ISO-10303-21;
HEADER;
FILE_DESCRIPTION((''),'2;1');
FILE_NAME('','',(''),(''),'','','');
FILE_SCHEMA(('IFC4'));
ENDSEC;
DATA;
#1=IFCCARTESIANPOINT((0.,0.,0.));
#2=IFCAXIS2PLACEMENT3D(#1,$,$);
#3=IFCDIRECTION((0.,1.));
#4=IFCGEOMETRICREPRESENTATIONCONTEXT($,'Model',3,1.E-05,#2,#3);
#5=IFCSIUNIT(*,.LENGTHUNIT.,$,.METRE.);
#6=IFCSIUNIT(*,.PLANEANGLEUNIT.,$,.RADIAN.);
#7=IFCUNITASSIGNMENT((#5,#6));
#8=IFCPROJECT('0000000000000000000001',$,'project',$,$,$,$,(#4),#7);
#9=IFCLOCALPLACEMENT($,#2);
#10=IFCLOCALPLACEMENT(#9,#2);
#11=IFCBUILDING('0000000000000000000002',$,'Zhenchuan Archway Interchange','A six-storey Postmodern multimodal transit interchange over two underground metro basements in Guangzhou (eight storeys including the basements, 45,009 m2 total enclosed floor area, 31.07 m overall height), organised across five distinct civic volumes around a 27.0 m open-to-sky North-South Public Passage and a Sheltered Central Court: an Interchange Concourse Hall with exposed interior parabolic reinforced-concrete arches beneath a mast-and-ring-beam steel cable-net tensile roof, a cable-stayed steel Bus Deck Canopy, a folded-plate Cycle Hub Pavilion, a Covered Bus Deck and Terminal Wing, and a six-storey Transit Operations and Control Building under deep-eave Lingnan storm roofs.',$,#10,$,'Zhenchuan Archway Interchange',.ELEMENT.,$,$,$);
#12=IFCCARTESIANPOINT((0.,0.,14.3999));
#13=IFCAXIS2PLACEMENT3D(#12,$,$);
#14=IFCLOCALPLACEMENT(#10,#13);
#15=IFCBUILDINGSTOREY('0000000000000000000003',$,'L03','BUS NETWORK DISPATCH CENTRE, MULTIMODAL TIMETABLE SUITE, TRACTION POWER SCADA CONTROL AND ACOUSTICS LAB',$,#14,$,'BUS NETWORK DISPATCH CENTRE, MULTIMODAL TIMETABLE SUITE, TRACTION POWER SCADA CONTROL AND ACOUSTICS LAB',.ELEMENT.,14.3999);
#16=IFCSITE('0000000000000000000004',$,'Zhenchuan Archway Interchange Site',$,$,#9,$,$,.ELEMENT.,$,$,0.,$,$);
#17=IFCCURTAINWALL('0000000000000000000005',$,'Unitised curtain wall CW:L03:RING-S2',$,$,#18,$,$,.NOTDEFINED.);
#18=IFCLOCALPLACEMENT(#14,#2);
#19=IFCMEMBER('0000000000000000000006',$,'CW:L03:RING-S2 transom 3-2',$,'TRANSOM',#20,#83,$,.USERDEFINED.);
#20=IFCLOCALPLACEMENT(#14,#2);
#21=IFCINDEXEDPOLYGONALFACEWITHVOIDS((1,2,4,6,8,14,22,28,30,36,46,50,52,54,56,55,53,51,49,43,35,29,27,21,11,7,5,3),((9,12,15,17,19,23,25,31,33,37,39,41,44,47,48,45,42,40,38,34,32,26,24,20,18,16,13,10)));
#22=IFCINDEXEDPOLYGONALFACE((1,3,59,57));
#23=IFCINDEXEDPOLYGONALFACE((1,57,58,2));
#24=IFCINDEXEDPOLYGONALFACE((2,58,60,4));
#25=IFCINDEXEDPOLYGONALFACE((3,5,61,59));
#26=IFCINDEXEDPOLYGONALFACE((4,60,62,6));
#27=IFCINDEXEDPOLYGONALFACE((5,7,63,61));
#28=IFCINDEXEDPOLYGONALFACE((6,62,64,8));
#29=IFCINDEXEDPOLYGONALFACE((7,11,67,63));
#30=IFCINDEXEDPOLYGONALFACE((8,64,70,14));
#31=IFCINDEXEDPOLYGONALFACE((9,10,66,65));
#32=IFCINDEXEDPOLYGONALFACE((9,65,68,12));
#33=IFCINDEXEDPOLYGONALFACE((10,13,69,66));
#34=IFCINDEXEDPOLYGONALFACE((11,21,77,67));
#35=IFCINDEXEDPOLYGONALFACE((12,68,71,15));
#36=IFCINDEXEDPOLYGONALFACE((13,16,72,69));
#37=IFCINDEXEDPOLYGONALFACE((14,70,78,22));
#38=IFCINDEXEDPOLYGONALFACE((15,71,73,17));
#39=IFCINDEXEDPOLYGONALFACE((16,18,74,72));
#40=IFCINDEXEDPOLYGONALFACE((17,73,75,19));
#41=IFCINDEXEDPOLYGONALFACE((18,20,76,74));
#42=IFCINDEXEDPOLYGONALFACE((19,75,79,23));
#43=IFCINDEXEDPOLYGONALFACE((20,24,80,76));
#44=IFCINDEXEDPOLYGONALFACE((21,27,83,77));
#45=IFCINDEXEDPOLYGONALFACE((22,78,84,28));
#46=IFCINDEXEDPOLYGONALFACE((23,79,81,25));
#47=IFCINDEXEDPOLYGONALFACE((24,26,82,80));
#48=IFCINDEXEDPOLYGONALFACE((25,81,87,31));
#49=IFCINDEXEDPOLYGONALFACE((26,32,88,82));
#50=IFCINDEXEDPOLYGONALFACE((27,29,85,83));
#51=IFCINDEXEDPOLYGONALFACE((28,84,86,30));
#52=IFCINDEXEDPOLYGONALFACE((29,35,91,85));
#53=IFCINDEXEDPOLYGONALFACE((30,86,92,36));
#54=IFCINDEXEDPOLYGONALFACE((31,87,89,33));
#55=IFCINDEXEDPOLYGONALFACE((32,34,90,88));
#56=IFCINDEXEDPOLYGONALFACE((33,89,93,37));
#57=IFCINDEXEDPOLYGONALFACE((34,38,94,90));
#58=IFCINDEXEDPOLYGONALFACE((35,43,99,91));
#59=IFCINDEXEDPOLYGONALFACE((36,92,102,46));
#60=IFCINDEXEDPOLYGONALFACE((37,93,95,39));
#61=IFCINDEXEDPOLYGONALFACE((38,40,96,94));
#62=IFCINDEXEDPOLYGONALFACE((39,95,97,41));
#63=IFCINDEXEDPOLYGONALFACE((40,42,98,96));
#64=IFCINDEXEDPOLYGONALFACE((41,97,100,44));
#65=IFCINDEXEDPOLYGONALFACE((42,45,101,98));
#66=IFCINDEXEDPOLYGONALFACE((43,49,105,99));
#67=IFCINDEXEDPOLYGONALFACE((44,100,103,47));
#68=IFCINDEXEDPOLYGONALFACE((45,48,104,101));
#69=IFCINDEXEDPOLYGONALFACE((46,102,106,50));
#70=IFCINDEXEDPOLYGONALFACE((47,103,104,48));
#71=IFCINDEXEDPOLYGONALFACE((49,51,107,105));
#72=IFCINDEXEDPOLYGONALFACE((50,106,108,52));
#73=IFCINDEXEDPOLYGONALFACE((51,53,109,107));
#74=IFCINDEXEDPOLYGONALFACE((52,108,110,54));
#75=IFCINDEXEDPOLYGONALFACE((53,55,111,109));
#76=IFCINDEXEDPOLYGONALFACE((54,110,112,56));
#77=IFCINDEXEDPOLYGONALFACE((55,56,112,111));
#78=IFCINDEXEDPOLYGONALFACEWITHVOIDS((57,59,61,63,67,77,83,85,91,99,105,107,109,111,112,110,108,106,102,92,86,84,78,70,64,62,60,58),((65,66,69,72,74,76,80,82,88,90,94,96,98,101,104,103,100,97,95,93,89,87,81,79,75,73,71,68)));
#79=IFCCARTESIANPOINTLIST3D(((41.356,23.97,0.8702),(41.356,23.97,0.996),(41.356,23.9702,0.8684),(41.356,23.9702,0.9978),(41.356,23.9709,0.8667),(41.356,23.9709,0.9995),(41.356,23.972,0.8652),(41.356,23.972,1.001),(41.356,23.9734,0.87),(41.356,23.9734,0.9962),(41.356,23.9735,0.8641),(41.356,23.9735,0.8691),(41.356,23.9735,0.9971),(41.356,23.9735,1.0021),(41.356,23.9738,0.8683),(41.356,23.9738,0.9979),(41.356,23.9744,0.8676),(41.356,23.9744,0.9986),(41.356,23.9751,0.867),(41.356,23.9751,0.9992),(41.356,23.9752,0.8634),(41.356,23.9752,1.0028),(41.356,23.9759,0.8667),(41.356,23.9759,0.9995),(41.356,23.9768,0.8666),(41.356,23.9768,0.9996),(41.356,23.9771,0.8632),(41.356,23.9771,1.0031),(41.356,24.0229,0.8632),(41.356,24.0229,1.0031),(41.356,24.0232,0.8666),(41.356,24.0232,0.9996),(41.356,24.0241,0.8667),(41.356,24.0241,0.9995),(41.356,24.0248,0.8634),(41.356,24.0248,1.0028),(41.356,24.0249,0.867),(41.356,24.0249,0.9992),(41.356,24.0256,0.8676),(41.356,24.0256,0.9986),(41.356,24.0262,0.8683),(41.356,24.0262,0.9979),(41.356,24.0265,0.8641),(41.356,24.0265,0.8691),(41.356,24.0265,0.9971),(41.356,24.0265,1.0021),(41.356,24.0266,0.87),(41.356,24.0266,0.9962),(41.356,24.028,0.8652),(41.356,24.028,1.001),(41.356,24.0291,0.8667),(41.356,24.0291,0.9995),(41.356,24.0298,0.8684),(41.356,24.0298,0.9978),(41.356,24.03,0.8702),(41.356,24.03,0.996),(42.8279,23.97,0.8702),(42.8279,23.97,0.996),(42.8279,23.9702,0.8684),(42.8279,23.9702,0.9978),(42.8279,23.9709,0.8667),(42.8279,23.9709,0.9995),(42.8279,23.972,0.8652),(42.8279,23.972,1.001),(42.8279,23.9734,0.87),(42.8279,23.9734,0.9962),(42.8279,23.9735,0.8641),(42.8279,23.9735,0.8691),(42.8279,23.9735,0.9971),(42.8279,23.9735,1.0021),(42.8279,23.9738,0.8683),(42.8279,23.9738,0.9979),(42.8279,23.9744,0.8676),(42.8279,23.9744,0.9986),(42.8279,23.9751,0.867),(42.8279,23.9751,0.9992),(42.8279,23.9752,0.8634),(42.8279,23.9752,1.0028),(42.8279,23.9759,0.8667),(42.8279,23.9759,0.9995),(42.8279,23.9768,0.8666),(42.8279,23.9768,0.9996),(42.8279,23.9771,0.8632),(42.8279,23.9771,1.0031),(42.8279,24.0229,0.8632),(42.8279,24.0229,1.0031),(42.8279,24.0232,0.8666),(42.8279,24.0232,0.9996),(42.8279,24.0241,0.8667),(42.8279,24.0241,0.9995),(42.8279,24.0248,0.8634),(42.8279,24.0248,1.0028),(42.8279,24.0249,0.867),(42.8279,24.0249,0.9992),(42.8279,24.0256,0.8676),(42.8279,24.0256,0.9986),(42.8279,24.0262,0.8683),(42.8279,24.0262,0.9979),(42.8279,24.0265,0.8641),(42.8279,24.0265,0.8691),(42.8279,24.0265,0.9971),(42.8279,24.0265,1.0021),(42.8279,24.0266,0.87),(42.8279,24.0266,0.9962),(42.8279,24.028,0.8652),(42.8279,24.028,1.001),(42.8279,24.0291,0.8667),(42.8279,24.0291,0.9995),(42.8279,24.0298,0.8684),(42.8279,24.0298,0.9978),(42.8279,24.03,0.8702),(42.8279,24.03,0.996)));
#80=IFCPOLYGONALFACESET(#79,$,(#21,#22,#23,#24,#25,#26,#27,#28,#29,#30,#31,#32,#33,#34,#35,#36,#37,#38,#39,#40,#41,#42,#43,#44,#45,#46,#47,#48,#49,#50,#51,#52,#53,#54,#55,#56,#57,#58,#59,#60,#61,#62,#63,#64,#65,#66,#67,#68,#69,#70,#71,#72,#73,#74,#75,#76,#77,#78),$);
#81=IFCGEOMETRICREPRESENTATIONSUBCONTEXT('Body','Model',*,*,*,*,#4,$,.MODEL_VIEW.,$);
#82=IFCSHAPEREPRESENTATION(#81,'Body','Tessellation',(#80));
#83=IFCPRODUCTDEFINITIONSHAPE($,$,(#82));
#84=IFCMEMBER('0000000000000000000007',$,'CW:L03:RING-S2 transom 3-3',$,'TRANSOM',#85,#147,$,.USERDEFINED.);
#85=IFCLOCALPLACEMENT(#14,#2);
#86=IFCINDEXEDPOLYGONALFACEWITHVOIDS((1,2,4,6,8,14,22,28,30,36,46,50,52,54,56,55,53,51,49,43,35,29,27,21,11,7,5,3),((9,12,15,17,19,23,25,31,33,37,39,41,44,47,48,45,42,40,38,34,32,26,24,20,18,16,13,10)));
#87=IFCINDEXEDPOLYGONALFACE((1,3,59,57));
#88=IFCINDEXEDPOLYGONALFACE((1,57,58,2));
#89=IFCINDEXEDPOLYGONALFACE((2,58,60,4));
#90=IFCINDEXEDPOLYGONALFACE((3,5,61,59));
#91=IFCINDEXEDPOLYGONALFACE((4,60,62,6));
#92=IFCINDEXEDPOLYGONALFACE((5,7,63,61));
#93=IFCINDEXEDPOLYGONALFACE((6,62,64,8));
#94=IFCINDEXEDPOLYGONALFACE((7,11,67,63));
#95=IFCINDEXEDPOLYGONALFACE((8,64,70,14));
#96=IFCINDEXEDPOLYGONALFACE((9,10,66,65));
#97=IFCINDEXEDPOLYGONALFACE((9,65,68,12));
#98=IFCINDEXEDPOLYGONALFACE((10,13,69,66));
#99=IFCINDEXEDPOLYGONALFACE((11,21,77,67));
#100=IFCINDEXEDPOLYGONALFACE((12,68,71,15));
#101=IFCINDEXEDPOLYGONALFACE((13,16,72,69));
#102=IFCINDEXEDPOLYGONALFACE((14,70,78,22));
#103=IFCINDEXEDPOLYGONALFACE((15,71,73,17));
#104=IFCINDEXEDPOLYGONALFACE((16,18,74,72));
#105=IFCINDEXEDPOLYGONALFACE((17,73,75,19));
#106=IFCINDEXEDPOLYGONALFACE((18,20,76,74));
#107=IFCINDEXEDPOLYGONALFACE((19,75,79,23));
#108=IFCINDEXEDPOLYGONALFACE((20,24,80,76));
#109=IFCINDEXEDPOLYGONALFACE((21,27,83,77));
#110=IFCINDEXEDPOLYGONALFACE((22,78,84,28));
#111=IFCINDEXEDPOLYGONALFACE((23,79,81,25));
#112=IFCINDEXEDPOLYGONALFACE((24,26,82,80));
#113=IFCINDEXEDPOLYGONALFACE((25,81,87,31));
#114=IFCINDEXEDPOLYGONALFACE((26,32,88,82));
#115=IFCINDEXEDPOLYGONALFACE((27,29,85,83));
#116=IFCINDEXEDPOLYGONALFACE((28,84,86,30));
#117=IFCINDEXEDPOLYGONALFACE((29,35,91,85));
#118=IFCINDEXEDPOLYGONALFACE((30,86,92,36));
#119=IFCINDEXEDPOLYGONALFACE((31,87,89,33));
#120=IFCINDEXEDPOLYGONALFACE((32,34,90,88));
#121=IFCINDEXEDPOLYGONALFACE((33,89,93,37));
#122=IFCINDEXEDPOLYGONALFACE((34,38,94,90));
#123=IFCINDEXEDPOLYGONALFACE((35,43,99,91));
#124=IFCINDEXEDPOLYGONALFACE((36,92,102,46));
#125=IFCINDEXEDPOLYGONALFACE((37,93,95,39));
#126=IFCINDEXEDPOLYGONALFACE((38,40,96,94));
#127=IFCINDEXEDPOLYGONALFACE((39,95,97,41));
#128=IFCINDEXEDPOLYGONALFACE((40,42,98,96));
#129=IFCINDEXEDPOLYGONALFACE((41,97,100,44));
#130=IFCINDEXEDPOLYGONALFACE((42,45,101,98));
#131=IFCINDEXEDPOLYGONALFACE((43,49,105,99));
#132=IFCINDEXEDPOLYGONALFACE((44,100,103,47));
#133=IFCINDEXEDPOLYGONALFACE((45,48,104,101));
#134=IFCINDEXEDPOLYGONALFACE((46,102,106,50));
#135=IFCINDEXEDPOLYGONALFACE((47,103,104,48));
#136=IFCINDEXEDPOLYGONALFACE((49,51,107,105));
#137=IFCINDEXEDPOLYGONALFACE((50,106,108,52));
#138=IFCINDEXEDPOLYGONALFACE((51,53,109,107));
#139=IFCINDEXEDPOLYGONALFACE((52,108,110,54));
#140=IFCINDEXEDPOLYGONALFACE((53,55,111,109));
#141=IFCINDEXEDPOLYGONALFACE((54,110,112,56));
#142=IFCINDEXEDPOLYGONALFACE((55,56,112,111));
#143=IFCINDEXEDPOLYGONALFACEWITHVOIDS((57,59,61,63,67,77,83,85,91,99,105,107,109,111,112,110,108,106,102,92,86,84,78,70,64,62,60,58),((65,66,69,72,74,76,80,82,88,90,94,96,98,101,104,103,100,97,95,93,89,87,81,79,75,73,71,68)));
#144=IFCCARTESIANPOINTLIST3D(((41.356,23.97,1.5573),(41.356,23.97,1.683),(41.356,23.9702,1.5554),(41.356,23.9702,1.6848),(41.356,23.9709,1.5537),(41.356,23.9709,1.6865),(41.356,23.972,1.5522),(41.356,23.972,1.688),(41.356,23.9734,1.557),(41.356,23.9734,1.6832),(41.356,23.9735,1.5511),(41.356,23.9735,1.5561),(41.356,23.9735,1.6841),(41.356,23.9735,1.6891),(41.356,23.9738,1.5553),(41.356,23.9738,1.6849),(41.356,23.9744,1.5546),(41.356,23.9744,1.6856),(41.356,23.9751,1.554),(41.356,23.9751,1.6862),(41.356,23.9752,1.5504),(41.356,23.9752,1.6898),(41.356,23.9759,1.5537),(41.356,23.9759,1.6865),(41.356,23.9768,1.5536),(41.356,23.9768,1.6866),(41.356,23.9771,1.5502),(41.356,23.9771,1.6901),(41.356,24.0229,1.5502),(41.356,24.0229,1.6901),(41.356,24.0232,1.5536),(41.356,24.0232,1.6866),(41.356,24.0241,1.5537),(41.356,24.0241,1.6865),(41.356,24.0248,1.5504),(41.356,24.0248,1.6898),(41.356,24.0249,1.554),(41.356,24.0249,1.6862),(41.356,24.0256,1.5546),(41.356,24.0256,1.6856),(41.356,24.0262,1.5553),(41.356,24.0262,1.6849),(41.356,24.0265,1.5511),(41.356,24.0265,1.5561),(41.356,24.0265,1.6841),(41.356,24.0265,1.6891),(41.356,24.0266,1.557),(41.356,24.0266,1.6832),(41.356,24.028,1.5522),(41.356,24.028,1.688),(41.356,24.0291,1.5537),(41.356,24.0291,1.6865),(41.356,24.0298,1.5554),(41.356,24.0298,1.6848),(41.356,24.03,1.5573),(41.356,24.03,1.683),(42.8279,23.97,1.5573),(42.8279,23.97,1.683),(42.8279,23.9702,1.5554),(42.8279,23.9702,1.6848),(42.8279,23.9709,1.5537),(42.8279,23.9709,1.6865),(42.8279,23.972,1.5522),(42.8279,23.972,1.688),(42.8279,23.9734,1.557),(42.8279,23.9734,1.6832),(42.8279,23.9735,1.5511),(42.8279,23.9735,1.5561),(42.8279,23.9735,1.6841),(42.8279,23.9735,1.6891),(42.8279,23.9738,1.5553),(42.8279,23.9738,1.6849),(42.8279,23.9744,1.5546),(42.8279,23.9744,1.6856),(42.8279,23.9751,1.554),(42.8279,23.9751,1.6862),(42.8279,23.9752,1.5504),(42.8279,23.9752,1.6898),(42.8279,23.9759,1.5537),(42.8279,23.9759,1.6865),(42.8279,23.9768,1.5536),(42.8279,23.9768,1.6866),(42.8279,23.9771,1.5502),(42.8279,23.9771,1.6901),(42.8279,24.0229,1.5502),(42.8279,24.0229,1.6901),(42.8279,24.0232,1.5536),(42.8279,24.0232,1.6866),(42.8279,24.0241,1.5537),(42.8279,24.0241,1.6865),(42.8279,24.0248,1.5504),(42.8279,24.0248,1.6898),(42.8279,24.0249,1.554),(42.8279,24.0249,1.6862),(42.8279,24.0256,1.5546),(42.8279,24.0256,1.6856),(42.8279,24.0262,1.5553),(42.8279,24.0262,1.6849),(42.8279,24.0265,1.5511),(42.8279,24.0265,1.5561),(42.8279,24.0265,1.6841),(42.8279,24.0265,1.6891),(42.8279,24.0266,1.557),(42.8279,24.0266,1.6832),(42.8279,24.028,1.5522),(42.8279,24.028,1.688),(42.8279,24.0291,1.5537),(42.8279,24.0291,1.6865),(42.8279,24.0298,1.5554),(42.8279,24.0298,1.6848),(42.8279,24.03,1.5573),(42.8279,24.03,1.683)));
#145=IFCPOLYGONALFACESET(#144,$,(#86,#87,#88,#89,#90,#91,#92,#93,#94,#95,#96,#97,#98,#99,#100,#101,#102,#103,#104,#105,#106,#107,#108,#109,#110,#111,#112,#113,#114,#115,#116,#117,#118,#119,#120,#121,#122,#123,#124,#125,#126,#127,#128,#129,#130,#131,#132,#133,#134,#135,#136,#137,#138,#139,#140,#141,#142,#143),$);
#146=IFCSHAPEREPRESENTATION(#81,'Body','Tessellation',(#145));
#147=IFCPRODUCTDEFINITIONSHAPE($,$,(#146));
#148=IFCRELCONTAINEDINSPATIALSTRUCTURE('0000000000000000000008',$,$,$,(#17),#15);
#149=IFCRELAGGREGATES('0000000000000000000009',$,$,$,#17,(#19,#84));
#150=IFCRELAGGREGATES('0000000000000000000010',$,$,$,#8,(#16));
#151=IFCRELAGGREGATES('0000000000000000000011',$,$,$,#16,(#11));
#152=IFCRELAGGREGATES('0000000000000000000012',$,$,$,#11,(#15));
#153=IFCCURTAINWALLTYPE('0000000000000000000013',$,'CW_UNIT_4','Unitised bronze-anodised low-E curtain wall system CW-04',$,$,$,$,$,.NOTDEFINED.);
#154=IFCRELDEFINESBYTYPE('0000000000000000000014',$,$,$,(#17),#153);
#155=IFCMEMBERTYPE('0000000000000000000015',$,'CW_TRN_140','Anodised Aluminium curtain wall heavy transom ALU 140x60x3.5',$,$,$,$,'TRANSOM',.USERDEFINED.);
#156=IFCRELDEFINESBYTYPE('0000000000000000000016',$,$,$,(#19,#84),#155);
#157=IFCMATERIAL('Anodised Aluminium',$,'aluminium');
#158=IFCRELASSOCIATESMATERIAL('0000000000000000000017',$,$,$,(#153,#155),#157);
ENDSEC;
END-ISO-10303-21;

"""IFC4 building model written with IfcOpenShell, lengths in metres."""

from ifc_helpers import new_model, si_unit, direction, frame, origin, origin_2d, place, context, subcontext, project, spatial, hollow_rectangle, extrude, material, material_profile, profile_set, type_object, element, aggregate, save


model = new_model("IFC4")

# Units and contexts
model_context = context("Model", 3, precision=1e-05, world=origin(), true_north=direction((0.0, 1.0)))
body_context = subcontext(model_context, "Body", "Model", "MODEL_VIEW")
ifc_project = project(units=[si_unit("LENGTHUNIT", "METRE"), si_unit("PLANEANGLEUNIT", "RADIAN")], contexts=[model_context])

# Site, building, storey
site_placement = place(None, origin())
site = spatial("IfcSite", under=ifc_project, at=site_placement, Name="Zhenchuan Archway Interchange Site", CompositionType="ELEMENT", RefElevation=0.0)
building_placement = place(site_placement, origin())
building = spatial("IfcBuilding", under=site, at=building_placement, Name="Zhenchuan Archway Interchange", Description="A six-storey Postmodern multimodal transit interchange over two underground metro basements in Guangzhou (eight storeys including the basements, 45,009 m2 total enclosed floor area, 31.07 m overall height), organised across five distinct civic volumes around a 27.0 m open-to-sky North-South Public Passage and a Sheltered Central Court: an Interchange Concourse Hall with exposed interior parabolic reinforced-concrete arches beneath a mast-and-ring-beam steel cable-net tensile roof, a cable-stayed steel Bus Deck Canopy, a folded-plate Cycle Hub Pavilion, a Covered Bus Deck and Terminal Wing, and a six-storey Transit Operations and Control Building under deep-eave Lingnan storm roofs.", LongName="Zhenchuan Archway Interchange", CompositionType="ELEMENT")
storey_placement = place(building_placement, frame((0.0, 0.0, 14.3999)))
storey = spatial("IfcBuildingStorey", under=building, at=storey_placement, Name="L03", Description="BUS NETWORK DISPATCH CENTRE, MULTIMODAL TIMETABLE SUITE, TRACTION POWER SCADA CONTROL AND ACOUSTICS LAB", LongName="BUS NETWORK DISPATCH CENTRE, MULTIMODAL TIMETABLE SUITE, TRACTION POWER SCADA CONTROL AND ACOUSTICS LAB", CompositionType="ELEMENT", Elevation=14.3999)

# Curtain wall
ifc_material_1 = material(Name="Anodised Aluminium", Category="aluminium")
curtain_wall_type = type_object("IfcCurtainWallType", Name="CW_UNIT_4", Description="Unitised bronze-anodised low-E curtain wall system CW-04", PredefinedType="NOTDEFINED", material=ifc_material_1)
curtain_wall_1_placement = place(storey_placement, origin())
curtain_wall_1 = element("IfcCurtainWall", 1, at=curtain_wall_1_placement, inside=storey, type_object=curtain_wall_type, Name="Unitised curtain wall CW:L03:RING-S2", PredefinedType="NOTDEFINED")

# Members
ifc_material_profile_1 = material_profile(ifc_material_1, hollow_rectangle(XDim=0.0601, YDim=0.1399, WallThickness=0.0034, InnerFilletRadius=0.0034, OuterFilletRadius=0.0071, at=origin_2d()), Name="ALU 140x60x3.5")
ifc_profile_set_1 = profile_set([ifc_material_profile_1], Name="Anodised Aluminium")
member_type_1 = type_object("IfcMemberType", Name="CW_TRN_140", Description="Anodised Aluminium curtain wall heavy transom ALU 140x60x3.5", ElementType="TRANSOM", PredefinedType="USERDEFINED", material=ifc_profile_set_1)
member_1_placement = place(storey_placement, frame((41.356, 24.0, 0.9331), z_axis=(1.0, 0.0, 0.0), x_axis=(0.0, 1.0, 0.0)))
member_1 = element("IfcMember", 2, at=member_1_placement, type_object=member_type_1, Name="CW:L03:RING-S2 transom 3-2", ObjectType="TRANSOM", PredefinedType="USERDEFINED", context=body_context, shape_type="SweptSolid", body=[
    extrude(hollow_rectangle(XDim=0.0601, YDim=0.1399, WallThickness=0.0034, InnerFilletRadius=0.0034, OuterFilletRadius=0.0071, at=origin_2d()), origin(), (0.0, 0.0, 1.0), 1.4719),
])
member_2_placement = place(storey_placement, frame((41.356, 24.0, 1.6201), z_axis=(1.0, 0.0, 0.0), x_axis=(0.0, 1.0, 0.0)))
member_2 = element("IfcMember", 3, at=member_2_placement, type_object=member_type_1, Name="CW:L03:RING-S2 transom 3-3", ObjectType="TRANSOM", PredefinedType="USERDEFINED", context=body_context, shape_type="SweptSolid", body=[
    extrude(hollow_rectangle(XDim=0.0601, YDim=0.1399, WallThickness=0.0034, InnerFilletRadius=0.0034, OuterFilletRadius=0.0071, at=origin_2d()), origin(), (0.0, 0.0, 1.0), 1.4719),
])

aggregate(curtain_wall_1, [member_1, member_2])

save(model, "model.ifc")
